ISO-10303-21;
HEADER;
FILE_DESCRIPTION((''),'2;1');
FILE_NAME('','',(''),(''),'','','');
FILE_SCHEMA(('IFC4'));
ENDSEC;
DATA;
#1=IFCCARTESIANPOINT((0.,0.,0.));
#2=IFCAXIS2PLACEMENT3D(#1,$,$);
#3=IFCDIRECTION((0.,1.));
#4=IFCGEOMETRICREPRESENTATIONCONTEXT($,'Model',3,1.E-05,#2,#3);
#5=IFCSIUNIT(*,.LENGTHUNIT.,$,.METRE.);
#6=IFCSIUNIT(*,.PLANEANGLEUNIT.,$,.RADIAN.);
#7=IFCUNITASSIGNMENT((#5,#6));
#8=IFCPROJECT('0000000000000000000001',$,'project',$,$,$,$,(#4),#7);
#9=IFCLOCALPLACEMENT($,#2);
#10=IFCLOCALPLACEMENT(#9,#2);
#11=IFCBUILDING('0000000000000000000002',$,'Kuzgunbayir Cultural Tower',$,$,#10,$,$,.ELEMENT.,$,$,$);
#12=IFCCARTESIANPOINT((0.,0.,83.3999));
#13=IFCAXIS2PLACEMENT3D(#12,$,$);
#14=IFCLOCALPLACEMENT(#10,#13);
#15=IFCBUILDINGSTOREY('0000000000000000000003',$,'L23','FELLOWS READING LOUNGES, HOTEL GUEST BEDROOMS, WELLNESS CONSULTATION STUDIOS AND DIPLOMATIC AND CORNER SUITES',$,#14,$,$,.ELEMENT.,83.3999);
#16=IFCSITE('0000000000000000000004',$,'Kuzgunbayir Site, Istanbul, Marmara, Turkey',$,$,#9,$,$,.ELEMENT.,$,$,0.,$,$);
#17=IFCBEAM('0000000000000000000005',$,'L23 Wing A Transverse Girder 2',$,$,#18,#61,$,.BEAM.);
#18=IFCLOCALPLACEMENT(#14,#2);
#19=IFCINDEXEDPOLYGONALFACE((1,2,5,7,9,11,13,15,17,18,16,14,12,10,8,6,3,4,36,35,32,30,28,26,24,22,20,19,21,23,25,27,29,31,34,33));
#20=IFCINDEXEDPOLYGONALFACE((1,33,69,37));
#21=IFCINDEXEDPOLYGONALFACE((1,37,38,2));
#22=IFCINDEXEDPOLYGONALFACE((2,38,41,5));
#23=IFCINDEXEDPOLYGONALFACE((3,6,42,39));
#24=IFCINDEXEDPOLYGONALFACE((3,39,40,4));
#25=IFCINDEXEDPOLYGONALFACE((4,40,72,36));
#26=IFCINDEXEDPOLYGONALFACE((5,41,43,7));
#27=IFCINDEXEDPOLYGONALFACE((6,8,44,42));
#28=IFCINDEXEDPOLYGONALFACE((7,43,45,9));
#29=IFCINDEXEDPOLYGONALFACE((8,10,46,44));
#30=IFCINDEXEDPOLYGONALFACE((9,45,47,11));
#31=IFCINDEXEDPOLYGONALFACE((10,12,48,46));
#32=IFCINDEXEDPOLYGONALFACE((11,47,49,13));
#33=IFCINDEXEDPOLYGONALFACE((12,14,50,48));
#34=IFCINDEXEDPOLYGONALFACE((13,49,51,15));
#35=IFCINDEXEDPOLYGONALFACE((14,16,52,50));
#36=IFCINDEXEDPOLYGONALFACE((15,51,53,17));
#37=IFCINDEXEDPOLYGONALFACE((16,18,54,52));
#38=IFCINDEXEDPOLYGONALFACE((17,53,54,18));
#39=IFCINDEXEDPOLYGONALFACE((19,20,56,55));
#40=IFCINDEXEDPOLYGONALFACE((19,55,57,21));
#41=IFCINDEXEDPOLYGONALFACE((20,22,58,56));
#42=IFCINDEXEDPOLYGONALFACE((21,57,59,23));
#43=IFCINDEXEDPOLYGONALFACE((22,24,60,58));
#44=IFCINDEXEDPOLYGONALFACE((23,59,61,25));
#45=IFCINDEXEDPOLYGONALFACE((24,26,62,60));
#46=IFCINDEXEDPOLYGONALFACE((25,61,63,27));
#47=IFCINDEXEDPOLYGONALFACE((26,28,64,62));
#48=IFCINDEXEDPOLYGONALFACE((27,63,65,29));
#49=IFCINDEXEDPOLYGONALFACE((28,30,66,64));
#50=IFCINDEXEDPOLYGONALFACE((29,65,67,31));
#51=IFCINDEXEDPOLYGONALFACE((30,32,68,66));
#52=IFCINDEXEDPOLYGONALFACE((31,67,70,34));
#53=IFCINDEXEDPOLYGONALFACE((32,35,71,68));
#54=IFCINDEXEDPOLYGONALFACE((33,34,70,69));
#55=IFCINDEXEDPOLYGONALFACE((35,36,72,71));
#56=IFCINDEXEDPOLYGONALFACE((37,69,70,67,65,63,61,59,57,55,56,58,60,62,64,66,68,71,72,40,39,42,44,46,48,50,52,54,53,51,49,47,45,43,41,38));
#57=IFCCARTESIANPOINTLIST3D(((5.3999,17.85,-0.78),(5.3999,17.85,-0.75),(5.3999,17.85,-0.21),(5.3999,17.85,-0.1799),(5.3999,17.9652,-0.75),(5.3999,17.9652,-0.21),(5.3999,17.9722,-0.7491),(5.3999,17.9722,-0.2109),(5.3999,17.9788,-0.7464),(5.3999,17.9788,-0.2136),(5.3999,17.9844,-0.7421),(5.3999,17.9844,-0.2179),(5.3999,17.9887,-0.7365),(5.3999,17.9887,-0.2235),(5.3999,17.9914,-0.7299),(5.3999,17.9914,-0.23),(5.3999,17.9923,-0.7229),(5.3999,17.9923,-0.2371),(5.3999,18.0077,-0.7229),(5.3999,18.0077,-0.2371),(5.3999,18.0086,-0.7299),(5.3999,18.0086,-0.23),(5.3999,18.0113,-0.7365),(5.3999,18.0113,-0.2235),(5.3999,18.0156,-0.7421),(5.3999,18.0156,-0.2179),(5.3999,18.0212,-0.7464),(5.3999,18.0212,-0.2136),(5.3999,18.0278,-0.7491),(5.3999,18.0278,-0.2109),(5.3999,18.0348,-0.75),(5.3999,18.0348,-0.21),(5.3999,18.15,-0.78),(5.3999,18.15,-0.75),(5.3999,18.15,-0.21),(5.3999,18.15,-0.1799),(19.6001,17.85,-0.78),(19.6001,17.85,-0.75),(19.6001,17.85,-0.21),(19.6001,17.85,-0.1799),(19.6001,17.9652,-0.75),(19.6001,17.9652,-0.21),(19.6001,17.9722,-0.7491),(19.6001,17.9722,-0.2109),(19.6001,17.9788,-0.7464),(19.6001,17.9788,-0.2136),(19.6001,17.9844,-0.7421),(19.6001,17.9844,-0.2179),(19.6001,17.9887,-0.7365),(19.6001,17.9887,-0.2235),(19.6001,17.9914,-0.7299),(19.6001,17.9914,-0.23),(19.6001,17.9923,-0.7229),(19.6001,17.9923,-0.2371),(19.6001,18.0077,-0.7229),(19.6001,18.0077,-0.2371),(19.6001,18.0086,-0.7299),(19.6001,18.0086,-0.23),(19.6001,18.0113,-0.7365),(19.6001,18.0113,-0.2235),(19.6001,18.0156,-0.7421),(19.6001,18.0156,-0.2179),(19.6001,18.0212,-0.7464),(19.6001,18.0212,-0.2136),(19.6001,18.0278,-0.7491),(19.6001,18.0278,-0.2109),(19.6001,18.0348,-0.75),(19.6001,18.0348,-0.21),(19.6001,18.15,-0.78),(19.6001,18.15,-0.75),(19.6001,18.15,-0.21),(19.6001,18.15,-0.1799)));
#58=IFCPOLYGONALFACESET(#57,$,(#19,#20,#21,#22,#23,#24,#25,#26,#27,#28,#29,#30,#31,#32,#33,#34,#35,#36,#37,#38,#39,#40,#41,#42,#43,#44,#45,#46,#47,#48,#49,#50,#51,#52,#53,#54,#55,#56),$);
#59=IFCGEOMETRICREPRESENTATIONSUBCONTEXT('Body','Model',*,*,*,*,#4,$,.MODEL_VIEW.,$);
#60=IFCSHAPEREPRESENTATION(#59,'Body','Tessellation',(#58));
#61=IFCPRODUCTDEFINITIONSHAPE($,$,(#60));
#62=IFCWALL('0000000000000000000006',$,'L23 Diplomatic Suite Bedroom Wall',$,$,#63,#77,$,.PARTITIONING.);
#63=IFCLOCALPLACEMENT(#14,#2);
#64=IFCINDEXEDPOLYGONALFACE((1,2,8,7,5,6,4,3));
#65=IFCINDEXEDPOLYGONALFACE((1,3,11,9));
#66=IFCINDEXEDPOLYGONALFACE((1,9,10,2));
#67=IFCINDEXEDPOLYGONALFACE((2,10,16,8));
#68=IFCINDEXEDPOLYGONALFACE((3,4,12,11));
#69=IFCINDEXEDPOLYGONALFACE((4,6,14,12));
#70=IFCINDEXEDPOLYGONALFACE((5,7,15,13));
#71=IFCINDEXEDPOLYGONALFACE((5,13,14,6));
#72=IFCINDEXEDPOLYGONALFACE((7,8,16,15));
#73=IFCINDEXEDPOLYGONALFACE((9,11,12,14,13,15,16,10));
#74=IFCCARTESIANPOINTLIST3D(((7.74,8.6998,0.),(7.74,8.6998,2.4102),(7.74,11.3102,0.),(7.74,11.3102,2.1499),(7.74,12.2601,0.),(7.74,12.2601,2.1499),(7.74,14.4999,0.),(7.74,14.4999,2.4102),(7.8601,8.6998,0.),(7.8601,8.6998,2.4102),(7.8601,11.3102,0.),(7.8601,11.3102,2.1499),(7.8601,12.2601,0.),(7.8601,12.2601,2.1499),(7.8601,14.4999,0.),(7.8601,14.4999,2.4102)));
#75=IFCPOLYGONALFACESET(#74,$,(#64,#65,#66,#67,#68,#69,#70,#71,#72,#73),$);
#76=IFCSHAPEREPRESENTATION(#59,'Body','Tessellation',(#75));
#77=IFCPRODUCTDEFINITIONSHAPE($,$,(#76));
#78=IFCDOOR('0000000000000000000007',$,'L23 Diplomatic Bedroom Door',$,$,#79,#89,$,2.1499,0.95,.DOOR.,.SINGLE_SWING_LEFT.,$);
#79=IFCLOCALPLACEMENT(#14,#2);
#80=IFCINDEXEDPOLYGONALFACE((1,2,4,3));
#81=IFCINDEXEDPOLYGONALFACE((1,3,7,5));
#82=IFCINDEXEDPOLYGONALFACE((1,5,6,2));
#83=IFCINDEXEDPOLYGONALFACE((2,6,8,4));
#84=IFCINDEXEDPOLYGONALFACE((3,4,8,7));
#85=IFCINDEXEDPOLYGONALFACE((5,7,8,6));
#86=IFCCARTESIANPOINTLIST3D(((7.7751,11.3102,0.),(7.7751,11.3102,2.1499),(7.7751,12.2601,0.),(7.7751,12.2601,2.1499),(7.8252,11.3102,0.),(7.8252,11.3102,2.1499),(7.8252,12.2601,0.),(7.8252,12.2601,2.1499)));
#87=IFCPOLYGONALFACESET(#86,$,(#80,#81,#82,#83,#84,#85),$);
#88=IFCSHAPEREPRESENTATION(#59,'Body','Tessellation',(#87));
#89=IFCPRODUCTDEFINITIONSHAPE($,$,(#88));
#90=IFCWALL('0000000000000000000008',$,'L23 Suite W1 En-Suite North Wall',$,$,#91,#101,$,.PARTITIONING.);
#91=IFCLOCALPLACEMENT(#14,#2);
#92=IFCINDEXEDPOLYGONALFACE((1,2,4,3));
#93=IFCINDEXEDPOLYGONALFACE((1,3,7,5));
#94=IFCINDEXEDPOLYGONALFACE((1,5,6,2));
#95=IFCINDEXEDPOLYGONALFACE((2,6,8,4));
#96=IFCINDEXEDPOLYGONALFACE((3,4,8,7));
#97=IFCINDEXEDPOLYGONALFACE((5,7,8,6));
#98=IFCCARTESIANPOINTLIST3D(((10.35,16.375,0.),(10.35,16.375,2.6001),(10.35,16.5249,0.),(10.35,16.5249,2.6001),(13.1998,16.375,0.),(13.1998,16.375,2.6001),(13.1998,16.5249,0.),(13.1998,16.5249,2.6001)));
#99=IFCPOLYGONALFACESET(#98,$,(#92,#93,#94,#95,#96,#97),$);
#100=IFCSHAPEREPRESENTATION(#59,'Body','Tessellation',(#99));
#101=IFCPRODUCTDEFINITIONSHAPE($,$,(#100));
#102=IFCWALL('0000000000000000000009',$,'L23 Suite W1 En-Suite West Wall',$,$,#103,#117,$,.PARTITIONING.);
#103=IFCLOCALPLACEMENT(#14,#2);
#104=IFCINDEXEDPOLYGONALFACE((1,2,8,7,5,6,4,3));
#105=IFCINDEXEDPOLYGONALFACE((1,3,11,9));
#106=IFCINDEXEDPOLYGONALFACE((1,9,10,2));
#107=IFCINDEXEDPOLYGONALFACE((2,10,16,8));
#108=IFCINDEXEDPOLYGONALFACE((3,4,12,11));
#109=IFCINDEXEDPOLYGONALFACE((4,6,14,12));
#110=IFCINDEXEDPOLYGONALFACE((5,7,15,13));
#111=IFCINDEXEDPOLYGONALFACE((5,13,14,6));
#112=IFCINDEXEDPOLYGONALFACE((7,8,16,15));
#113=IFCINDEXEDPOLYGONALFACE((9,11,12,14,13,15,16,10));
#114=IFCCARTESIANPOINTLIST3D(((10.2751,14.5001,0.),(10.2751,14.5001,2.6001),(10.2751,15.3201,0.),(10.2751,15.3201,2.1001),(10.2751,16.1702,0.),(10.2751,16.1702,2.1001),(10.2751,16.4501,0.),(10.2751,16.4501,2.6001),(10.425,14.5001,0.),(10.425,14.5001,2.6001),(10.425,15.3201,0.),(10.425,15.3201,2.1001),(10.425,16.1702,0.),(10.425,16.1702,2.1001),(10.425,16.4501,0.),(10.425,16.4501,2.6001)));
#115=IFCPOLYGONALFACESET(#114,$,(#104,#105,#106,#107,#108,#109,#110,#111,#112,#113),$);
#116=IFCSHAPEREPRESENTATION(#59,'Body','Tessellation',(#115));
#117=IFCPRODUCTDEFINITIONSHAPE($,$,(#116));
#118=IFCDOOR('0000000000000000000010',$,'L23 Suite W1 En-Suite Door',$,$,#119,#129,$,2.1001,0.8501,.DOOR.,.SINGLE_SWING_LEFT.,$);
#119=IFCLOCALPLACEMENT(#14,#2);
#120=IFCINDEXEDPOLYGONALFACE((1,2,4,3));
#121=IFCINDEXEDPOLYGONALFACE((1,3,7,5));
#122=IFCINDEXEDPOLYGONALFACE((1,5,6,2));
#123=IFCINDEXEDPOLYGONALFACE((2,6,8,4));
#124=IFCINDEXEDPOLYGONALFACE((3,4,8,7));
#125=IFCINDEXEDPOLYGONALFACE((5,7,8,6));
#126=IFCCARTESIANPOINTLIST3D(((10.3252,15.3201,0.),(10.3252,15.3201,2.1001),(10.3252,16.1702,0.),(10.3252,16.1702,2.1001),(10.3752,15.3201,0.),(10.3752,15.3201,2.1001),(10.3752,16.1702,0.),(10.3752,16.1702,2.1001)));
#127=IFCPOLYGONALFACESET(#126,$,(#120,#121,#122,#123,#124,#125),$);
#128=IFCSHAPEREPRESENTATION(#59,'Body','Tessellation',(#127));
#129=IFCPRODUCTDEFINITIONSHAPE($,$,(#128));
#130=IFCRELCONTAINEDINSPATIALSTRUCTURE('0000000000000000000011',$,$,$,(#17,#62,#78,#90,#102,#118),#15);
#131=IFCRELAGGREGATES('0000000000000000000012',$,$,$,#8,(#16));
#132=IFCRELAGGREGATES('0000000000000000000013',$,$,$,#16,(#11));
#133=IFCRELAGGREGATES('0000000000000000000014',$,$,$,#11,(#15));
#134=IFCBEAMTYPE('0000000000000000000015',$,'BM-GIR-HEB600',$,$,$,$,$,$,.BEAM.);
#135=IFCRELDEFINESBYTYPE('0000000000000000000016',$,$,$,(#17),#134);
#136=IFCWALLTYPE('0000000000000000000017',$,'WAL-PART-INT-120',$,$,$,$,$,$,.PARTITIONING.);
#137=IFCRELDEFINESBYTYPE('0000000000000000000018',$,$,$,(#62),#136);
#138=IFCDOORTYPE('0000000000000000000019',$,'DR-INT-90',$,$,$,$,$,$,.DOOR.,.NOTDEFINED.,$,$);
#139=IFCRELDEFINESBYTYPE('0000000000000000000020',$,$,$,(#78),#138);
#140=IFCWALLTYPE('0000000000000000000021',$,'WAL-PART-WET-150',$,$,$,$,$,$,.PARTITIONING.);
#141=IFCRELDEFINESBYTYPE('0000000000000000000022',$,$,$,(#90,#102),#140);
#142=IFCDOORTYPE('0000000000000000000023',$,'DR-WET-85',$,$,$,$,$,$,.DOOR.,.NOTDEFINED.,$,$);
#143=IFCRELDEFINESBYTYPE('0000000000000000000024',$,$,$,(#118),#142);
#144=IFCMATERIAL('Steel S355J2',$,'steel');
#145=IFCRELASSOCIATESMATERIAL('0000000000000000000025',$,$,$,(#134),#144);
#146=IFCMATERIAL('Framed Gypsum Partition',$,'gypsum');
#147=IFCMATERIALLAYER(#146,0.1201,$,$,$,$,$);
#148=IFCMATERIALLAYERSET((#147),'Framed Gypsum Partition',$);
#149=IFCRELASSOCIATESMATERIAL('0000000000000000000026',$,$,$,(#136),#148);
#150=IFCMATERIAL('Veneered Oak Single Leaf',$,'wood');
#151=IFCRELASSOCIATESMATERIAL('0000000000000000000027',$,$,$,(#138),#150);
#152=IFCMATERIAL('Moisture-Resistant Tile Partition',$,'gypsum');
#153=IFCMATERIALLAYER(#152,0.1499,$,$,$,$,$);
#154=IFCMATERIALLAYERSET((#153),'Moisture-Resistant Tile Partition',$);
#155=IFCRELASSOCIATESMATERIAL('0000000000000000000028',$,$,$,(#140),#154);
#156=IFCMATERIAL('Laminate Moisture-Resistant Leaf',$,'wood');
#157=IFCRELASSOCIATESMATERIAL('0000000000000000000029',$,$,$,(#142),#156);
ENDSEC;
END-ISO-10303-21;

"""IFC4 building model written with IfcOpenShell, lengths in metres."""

from ifc_helpers import new_model, si_unit, direction, frame, frame_2d, origin, origin_2d, place, context, subcontext, project, spatial, rectangle, i_section, extrude, material, layer, layer_set, material_profile, profile_set, type_object, element, fill, save


model = new_model("IFC4")

# Units and contexts
model_context = context("Model", 3, precision=1e-05, world=origin(), true_north=direction((0.0, 1.0)))
body_context = subcontext(model_context, "Body", "Model", "MODEL_VIEW")
ifc_project = project(units=[si_unit("LENGTHUNIT", "METRE"), si_unit("PLANEANGLEUNIT", "RADIAN")], contexts=[model_context])

# Site, building, storey
site_placement = place(None, origin())
site = spatial("IfcSite", under=ifc_project, at=site_placement, Name="Kuzgunbayir Site, Istanbul, Marmara, Turkey", CompositionType="ELEMENT", RefElevation=0.0)
building_placement = place(site_placement, origin())
building = spatial("IfcBuilding", under=site, at=building_placement, Name="Kuzgunbayir Cultural Tower", CompositionType="ELEMENT")
storey_placement = place(building_placement, frame((0.0, 0.0, 83.3999)))
storey = spatial("IfcBuildingStorey", under=building, at=storey_placement, Name="L23", Description="FELLOWS READING LOUNGES, HOTEL GUEST BEDROOMS, WELLNESS CONSULTATION STUDIOS AND DIPLOMATIC AND CORNER SUITES", CompositionType="ELEMENT", Elevation=83.3999)

# Beam
ifc_material_1 = material(Name="Steel S355J2", Category="steel")
ifc_material_profile_1 = material_profile(ifc_material_1, i_section(OverallWidth=0.3, OverallDepth=0.6001, WebThickness=0.0154, FlangeThickness=0.03, FilletRadius=0.0271, at=origin_2d()), Name="HEB 600")
ifc_profile_set_1 = profile_set([ifc_material_profile_1], Name="Steel S355J2")
beam_type_1 = type_object("IfcBeamType", Name="BM-GIR-HEB600", PredefinedType="BEAM", material=ifc_profile_set_1)
for number, where, z_axis, x_axis, name in (
    (1, (5.3999, 18.0, -0.48), (1.0, 0.0, 0.0), (0.0, 1.0, 0.0), "L23 Wing A Transverse Girder 2"),
):
    element("IfcBeam", number, at=place(storey_placement, frame(where, z_axis=z_axis, x_axis=x_axis)), inside=storey, type_object=beam_type_1, Name=name, PredefinedType="BEAM", context=body_context, shape_type="SweptSolid", body=[
        extrude(i_section(OverallWidth=0.3, OverallDepth=0.6001, WebThickness=0.0154, FlangeThickness=0.03, FilletRadius=0.0271, at=origin_2d()), origin(), (0.0, 0.0, 1.0), 14.2002),
    ])

# Wall, opening, door
ifc_material_2 = material(Name="Framed Gypsum Partition", Category="gypsum")
ifc_layer_1 = layer(ifc_material_2, 0.1201)
ifc_layer_set_1 = layer_set([ifc_layer_1], Name="Framed Gypsum Partition")
wall_type_1 = type_object("IfcWallType", Name="WAL-PART-INT-120", PredefinedType="PARTITIONING", material=ifc_layer_set_1)
wall_1_placement = place(storey_placement, frame((7.8, 8.7, 0.0), z_axis=(0.0, 0.0, 1.0), x_axis=(0.0, 1.0, 0.0)))
wall_1 = element("IfcWall", 2, at=wall_1_placement, inside=storey, type_object=wall_type_1, Name="L23 Diplomatic Suite Bedroom Wall", PredefinedType="PARTITIONING", context=body_context, shape_type="SweptSolid", body=[
    extrude(rectangle(XDim=5.8, YDim=0.1201, at=frame_2d((2.8999, 0.0))), origin(), (0.0, 0.0, 1.0), 2.4102),
])
opening_1_placement = place(wall_1_placement, frame((2.6101, 0.0, 0.0)))
opening_1 = element("IfcOpeningElement", 3, at=opening_1_placement, cuts=wall_1, PredefinedType="OPENING", context=body_context, shape_type="SweptSolid", body=[
    extrude(rectangle(XDim=0.95, YDim=2.1499, at=frame_2d((0.4751, 1.075))), frame((0.0, 0.0701, 0.0), z_axis=(0.0, -1.0, 0.0), x_axis=(1.0, 0.0, 0.0)), (0.0, 0.0, 1.0), 0.1401),
])
ifc_material_3 = material(Name="Veneered Oak Single Leaf", Category="wood")
door_type_1 = type_object("IfcDoorType", Name="DR-INT-90", OperationType="NOTDEFINED", PredefinedType="DOOR", material=ifc_material_3)
door_1_placement = place(opening_1_placement, origin())
door_1 = element("IfcDoor", 4, at=door_1_placement, inside=storey, type_object=door_type_1, Name="L23 Diplomatic Bedroom Door", OperationType="SINGLE_SWING_LEFT", OverallHeight=2.1499, OverallWidth=0.95, PredefinedType="DOOR", context=body_context, shape_type="SweptSolid", body=[
    extrude(rectangle(XDim=0.95, YDim=2.1499, at=frame_2d((0.4751, 1.075))), frame((0.0, 0.0249, 0.0), z_axis=(0.0, -1.0, 0.0), x_axis=(1.0, 0.0, 0.0)), (0.0, 0.0, 1.0), 0.05),
])
fill(opening_1, door_1)

# Wall
ifc_material_4 = material(Name="Moisture-Resistant Tile Partition", Category="gypsum")
ifc_layer_2 = layer(ifc_material_4, 0.1499)
ifc_layer_set_2 = layer_set([ifc_layer_2], Name="Moisture-Resistant Tile Partition")
wall_type_2 = type_object("IfcWallType", Name="WAL-PART-WET-150", PredefinedType="PARTITIONING", material=ifc_layer_set_2)
wall_2_placement = place(storey_placement, frame((10.3501, 16.45, 0.0), z_axis=(0.0, 0.0, 1.0), x_axis=(1.0, 0.0, 0.0)))
element("IfcWall", 5, at=wall_2_placement, inside=storey, type_object=wall_type_2, Name="L23 Suite W1 En-Suite North Wall", PredefinedType="PARTITIONING", context=body_context, shape_type="SweptSolid", body=[
    extrude(rectangle(XDim=2.8499, YDim=0.1499, at=frame_2d((1.4248, 0.0))), origin(), (0.0, 0.0, 1.0), 2.6001),
])

# Wall, opening, door
wall_3_placement = place(storey_placement, frame((10.3501, 14.5, 0.0), z_axis=(0.0, 0.0, 1.0), x_axis=(0.0, 1.0, 0.0)))
wall_3 = element("IfcWall", 6, at=wall_3_placement, inside=storey, type_object=wall_type_2, Name="L23 Suite W1 En-Suite West Wall", PredefinedType="PARTITIONING", context=body_context, shape_type="SweptSolid", body=[
    extrude(rectangle(XDim=1.95, YDim=0.1499, at=frame_2d((0.9751, 0.0))), origin(), (0.0, 0.0, 1.0), 2.6001),
])
opening_2_placement = place(wall_3_placement, frame((0.8201, 0.0, 0.0)))
opening_2 = element("IfcOpeningElement", 7, at=opening_2_placement, cuts=wall_3, PredefinedType="OPENING", context=body_context, shape_type="SweptSolid", body=[
    extrude(rectangle(XDim=0.8501, YDim=2.1001, at=frame_2d((0.425, 1.05))), frame((0.0, 0.085, 0.0), z_axis=(0.0, -1.0, 0.0), x_axis=(1.0, 0.0, 0.0)), (0.0, 0.0, 1.0), 0.1699),
])
ifc_material_5 = material(Name="Laminate Moisture-Resistant Leaf", Category="wood")
door_type_2 = type_object("IfcDoorType", Name="DR-WET-85", OperationType="NOTDEFINED", PredefinedType="DOOR", material=ifc_material_5)
door_2_placement = place(opening_2_placement, origin())
door_2 = element("IfcDoor", 8, at=door_2_placement, inside=storey, type_object=door_type_2, Name="L23 Suite W1 En-Suite Door", OperationType="SINGLE_SWING_LEFT", OverallHeight=2.1001, OverallWidth=0.8501, PredefinedType="DOOR", context=body_context, shape_type="SweptSolid", body=[
    extrude(rectangle(XDim=0.8501, YDim=2.1001, at=frame_2d((0.425, 1.05))), frame((0.0, 0.0249, 0.0), z_axis=(0.0, -1.0, 0.0), x_axis=(1.0, 0.0, 0.0)), (0.0, 0.0, 1.0), 0.05),
])
fill(opening_2, door_2)

save(model, "model.ifc")
